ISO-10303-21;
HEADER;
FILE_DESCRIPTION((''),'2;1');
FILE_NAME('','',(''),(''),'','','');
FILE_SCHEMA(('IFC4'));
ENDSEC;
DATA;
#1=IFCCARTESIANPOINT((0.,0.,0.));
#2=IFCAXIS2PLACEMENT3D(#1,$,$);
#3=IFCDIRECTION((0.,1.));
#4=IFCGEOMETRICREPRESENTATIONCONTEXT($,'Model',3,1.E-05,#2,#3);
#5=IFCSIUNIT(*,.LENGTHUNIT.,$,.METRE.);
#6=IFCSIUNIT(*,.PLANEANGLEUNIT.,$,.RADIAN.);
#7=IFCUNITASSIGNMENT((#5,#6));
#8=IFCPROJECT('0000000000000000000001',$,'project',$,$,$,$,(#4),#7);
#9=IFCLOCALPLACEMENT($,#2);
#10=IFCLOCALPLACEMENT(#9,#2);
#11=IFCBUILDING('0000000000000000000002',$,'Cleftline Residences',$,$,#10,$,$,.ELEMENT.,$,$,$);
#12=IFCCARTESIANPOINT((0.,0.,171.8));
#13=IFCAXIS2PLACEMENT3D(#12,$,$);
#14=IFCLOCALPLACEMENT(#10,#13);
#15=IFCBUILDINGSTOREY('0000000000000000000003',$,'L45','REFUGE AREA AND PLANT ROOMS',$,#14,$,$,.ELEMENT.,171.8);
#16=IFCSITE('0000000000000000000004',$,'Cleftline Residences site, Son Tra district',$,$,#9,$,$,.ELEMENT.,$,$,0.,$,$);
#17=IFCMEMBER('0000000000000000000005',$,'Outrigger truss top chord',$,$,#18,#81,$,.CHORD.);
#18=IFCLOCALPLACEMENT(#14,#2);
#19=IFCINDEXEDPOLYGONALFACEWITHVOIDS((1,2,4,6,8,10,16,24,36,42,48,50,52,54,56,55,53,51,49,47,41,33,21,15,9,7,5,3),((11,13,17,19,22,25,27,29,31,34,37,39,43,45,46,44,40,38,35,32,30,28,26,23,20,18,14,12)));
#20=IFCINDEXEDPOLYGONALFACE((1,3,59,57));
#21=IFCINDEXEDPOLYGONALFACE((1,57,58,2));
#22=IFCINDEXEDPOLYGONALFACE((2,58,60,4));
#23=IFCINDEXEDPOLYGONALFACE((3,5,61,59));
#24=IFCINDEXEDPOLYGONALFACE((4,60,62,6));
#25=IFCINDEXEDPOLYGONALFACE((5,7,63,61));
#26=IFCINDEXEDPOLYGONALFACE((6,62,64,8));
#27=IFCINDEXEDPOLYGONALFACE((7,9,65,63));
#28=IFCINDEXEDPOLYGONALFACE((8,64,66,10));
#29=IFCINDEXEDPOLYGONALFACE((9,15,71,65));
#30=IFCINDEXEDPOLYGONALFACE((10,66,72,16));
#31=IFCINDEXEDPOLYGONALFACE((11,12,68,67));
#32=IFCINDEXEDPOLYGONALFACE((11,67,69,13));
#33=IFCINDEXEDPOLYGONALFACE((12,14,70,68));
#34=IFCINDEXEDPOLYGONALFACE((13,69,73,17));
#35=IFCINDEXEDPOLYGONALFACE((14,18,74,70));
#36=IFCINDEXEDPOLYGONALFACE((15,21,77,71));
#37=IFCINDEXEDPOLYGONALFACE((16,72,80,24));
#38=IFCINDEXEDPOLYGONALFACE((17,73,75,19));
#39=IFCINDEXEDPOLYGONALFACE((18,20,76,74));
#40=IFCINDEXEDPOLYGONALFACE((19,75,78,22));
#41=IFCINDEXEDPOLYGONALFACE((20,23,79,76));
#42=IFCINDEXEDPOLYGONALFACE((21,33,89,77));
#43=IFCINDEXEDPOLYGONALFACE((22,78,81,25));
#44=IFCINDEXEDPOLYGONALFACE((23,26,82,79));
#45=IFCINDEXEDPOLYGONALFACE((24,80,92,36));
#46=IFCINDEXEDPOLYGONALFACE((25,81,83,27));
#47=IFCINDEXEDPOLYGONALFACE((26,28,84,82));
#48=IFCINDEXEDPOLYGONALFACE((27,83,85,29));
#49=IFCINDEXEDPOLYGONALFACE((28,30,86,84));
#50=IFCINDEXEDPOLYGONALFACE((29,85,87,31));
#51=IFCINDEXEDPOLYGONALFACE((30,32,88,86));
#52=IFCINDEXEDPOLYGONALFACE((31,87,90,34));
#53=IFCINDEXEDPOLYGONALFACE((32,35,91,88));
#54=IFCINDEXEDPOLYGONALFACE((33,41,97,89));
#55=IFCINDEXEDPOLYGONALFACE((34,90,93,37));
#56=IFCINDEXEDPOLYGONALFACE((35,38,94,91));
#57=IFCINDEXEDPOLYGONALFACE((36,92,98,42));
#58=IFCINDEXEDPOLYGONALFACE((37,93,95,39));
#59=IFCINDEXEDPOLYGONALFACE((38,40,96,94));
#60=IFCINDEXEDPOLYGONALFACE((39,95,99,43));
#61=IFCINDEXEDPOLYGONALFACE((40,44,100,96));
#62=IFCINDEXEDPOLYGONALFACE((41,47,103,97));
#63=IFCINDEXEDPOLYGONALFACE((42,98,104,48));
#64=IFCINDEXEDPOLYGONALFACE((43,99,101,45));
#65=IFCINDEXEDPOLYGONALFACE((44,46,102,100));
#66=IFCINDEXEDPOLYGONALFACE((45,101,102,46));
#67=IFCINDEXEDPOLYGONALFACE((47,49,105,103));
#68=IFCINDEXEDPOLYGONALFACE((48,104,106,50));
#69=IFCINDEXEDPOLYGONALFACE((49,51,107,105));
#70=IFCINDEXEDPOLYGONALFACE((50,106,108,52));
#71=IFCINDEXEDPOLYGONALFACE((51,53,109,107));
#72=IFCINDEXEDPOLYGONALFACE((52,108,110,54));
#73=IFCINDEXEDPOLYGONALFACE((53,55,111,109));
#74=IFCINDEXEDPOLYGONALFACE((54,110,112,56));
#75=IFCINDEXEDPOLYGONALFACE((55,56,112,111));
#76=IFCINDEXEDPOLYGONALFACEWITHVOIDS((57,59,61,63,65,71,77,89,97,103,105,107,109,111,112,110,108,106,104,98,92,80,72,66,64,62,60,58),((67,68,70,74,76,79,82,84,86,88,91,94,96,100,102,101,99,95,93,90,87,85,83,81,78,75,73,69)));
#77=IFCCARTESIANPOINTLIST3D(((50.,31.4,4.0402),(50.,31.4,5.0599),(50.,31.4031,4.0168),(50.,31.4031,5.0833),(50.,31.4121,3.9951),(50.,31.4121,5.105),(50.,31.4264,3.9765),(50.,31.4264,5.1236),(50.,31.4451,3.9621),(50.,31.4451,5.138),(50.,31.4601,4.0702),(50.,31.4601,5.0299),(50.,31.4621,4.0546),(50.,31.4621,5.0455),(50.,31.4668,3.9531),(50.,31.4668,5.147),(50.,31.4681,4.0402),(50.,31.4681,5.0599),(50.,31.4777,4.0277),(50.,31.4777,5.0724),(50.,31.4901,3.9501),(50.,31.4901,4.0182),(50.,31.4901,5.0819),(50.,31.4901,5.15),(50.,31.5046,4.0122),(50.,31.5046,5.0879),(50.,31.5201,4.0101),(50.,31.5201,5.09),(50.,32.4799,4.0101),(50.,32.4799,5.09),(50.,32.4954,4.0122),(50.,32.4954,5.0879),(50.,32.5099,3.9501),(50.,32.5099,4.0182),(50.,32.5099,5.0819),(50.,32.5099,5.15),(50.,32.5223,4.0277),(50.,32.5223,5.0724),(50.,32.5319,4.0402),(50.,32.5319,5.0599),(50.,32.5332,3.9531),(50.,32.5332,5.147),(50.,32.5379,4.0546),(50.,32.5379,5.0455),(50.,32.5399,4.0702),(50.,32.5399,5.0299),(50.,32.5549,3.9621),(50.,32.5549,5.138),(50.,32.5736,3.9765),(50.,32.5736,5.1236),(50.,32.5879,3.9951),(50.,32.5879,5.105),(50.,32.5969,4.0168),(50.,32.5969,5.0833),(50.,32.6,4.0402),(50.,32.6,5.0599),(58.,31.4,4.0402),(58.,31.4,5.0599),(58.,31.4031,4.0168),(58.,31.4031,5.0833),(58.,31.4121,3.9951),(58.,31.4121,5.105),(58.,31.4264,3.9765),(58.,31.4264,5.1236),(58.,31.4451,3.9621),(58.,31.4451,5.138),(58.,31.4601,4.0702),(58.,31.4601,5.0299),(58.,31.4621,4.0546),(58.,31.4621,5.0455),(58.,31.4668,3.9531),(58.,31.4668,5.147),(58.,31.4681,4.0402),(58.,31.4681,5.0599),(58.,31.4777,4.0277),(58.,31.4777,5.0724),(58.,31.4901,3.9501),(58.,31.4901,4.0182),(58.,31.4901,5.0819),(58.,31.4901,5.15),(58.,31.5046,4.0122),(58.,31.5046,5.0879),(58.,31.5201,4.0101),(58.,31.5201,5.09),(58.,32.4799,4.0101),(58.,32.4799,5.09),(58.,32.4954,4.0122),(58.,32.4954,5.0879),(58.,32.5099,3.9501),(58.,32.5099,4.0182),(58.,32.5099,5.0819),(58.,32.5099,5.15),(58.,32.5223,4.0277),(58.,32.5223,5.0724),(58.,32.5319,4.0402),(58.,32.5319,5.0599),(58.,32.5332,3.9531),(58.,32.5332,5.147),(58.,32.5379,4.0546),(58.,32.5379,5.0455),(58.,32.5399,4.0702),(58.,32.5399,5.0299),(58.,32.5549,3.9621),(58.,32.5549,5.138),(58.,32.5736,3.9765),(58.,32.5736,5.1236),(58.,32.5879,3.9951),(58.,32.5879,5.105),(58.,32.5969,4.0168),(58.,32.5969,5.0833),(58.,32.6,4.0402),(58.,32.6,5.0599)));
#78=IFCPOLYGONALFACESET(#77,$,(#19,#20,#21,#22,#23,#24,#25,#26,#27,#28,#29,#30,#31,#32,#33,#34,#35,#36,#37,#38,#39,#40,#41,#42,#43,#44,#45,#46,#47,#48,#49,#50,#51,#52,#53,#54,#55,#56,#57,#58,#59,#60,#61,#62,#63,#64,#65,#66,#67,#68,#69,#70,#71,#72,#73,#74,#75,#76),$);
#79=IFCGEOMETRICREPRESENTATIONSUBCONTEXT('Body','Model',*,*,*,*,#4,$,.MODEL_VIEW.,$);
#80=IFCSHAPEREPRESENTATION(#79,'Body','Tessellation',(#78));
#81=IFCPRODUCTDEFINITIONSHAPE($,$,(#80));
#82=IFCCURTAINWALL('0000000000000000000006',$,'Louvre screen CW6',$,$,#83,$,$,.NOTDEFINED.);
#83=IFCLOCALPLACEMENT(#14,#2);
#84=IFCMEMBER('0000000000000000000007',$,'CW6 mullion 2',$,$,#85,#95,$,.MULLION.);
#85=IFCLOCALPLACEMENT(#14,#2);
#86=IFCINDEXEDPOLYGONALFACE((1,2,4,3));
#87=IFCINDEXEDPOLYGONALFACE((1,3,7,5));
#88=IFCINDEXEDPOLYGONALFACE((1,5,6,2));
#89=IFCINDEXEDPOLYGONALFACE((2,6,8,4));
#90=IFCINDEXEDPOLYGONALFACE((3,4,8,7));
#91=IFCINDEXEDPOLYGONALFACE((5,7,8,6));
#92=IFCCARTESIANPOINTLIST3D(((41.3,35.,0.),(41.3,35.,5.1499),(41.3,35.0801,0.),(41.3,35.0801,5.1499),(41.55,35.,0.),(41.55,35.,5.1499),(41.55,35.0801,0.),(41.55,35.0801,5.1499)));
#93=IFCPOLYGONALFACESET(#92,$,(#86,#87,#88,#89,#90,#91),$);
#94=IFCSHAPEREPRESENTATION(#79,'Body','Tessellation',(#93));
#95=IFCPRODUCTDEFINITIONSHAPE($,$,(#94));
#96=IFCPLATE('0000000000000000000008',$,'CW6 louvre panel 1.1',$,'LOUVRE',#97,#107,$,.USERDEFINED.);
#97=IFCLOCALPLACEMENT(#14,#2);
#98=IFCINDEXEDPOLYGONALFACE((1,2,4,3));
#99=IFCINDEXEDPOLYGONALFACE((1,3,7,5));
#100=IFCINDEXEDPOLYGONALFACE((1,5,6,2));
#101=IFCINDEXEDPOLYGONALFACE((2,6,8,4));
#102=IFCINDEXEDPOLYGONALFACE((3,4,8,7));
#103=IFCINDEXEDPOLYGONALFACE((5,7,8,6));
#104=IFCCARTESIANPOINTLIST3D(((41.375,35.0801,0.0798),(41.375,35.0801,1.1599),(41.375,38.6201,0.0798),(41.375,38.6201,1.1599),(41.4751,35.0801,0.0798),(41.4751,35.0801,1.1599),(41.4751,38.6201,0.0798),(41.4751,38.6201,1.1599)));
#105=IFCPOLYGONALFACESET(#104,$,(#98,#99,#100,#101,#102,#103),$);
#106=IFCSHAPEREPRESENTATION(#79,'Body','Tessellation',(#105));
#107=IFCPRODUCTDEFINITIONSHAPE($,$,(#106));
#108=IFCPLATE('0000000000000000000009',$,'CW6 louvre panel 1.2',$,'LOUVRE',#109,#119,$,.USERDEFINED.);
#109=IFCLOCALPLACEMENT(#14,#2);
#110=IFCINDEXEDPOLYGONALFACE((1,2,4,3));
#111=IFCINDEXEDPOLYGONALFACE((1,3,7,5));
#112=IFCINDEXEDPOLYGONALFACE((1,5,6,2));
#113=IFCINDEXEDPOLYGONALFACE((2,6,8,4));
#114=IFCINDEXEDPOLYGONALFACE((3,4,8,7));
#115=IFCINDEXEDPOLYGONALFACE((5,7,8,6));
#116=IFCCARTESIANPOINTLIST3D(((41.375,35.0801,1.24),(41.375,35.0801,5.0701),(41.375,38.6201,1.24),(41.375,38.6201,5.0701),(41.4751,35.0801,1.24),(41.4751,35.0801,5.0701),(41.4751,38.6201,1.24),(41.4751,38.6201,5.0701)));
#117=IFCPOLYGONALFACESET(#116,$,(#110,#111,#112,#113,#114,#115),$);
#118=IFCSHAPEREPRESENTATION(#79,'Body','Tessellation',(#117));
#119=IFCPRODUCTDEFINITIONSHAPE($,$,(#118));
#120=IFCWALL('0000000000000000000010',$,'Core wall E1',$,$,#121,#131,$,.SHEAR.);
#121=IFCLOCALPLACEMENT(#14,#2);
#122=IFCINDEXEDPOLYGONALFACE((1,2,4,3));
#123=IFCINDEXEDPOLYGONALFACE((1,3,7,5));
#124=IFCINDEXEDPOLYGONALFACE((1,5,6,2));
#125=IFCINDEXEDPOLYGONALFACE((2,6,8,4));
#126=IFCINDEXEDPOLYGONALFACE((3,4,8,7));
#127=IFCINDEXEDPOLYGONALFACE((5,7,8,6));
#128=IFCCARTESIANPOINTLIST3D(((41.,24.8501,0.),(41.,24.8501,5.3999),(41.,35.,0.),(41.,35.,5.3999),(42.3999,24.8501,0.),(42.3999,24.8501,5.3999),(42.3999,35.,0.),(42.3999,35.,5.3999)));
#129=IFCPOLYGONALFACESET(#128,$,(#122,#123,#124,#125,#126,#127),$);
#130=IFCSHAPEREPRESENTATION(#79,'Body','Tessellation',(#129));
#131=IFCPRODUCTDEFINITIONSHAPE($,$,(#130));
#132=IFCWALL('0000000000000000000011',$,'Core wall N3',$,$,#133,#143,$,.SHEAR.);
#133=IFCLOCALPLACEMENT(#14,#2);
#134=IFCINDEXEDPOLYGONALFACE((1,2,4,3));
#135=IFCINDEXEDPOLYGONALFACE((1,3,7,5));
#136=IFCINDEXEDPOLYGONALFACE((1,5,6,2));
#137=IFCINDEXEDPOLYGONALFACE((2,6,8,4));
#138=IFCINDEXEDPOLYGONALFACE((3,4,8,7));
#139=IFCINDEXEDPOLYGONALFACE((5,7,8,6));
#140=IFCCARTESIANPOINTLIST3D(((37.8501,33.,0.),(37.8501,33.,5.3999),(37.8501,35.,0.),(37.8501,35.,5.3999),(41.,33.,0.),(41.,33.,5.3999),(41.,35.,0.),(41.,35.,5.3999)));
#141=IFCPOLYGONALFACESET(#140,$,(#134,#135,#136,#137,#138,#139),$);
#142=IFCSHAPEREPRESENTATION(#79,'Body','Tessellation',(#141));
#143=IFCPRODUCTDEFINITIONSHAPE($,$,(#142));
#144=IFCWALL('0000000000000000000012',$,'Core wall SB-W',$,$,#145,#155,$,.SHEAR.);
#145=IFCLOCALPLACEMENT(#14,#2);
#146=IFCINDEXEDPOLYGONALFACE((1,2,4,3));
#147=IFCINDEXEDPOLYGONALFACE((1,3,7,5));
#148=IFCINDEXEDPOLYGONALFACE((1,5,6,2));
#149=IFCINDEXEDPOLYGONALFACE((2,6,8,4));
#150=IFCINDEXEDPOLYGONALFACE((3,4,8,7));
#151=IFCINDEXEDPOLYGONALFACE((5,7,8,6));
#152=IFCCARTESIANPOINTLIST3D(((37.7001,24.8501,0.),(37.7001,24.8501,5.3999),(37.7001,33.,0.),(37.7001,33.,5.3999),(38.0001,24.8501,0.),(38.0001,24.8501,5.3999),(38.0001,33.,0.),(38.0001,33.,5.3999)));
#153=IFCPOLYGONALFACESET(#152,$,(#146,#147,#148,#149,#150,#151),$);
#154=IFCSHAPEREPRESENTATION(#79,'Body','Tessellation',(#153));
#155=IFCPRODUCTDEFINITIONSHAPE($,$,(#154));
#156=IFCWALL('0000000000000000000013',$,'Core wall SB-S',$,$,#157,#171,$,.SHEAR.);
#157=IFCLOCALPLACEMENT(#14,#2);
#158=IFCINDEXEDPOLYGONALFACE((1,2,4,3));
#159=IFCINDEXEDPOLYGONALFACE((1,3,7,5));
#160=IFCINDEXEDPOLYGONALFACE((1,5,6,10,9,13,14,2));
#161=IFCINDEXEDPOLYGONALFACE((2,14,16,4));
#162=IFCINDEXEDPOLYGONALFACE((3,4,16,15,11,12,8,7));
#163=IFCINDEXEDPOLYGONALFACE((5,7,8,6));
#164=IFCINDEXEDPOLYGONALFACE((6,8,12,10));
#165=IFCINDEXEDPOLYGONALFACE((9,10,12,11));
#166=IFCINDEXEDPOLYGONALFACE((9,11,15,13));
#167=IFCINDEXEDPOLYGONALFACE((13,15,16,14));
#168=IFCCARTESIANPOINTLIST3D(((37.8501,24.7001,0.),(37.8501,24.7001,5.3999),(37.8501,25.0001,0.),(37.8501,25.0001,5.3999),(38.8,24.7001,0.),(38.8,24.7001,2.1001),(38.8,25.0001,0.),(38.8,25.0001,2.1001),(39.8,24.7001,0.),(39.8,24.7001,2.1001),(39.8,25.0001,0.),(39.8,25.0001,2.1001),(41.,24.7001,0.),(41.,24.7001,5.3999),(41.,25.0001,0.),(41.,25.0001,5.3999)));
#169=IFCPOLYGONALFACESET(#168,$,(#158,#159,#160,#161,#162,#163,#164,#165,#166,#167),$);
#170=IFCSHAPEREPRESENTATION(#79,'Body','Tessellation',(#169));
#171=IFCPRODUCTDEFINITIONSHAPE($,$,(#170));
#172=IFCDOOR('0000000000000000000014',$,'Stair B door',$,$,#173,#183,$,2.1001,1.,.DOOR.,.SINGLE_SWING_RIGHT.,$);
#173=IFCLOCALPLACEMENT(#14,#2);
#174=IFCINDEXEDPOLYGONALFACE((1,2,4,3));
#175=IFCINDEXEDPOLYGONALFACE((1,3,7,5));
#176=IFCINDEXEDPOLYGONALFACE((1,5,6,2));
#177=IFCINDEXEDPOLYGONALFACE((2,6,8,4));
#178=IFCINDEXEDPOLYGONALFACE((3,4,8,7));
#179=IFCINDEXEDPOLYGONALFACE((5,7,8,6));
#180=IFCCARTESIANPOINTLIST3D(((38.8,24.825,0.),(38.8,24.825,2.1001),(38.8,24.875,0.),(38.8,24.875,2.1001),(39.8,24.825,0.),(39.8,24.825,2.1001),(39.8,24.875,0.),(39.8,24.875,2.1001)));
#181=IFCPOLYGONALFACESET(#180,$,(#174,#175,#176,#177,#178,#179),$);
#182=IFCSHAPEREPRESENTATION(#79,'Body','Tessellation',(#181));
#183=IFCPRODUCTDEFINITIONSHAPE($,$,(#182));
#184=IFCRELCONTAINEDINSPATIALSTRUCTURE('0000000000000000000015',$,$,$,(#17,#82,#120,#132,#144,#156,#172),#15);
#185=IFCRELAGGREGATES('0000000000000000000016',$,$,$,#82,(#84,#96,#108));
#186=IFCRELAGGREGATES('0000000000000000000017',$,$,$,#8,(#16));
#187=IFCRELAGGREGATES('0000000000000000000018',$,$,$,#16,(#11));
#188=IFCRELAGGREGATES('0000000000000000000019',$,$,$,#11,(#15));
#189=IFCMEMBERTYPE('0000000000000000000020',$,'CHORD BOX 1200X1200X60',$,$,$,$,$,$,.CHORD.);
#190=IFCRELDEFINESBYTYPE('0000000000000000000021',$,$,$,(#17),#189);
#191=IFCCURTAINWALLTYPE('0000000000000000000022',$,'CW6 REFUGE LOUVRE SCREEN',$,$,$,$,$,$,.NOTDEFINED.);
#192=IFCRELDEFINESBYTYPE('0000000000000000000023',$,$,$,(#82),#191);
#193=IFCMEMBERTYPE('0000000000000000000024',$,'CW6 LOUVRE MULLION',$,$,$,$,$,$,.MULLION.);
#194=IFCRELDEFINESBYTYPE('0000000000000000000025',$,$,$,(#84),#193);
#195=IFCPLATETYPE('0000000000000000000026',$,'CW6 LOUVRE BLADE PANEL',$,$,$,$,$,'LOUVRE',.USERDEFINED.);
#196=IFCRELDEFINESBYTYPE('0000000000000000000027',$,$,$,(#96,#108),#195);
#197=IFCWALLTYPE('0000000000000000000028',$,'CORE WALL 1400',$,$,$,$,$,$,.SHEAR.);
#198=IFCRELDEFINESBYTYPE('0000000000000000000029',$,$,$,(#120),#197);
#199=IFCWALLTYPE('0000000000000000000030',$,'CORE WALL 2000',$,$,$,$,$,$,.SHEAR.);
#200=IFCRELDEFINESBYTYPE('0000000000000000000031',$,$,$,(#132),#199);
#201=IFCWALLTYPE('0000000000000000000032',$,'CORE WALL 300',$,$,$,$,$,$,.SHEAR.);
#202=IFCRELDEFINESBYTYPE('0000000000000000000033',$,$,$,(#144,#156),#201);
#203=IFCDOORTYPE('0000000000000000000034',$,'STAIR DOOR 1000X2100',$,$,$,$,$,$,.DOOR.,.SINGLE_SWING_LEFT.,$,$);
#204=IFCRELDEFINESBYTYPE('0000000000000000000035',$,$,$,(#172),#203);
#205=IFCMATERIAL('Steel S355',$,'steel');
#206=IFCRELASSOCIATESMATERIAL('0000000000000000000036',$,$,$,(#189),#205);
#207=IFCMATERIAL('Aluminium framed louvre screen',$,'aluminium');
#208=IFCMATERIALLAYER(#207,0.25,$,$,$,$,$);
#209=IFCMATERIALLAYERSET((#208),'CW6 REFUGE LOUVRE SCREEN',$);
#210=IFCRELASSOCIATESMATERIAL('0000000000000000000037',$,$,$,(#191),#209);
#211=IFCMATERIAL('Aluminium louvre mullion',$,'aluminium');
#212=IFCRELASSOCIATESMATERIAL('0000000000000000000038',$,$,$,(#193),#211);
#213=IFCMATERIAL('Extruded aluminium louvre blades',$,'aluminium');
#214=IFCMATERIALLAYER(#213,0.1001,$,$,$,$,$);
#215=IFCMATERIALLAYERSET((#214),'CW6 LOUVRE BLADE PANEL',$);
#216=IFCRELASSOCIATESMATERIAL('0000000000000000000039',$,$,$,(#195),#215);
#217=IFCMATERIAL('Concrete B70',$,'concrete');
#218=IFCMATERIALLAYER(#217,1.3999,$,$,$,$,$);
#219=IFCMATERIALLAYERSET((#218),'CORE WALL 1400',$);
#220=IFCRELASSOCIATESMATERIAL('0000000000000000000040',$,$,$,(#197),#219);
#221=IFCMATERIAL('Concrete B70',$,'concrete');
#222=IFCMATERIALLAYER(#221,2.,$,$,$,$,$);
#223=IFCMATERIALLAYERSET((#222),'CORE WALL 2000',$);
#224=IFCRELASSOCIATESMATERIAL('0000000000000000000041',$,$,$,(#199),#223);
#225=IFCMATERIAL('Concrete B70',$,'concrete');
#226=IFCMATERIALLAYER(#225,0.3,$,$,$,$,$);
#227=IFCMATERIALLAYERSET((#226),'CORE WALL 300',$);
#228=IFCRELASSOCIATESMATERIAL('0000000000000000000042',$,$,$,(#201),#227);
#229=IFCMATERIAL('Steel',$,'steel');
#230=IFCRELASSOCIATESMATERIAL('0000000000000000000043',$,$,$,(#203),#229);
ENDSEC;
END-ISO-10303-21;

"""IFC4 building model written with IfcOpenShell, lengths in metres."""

from ifc_helpers import new_model, si_unit, direction, frame, frame_2d, origin, origin_2d, place, context, subcontext, project, spatial, rectangle, hollow_rectangle, extrude, material, layer, layer_set, material_profile, profile_set, type_object, element, fill, aggregate, save


model = new_model("IFC4")

# Units and contexts
model_context = context("Model", 3, precision=1e-05, world=origin(), true_north=direction((0.0, 1.0)))
body_context = subcontext(model_context, "Body", "Model", "MODEL_VIEW")
ifc_project = project(units=[si_unit("LENGTHUNIT", "METRE"), si_unit("PLANEANGLEUNIT", "RADIAN")], contexts=[model_context])

# Site, building, storey
site_placement = place(None, origin())
site = spatial("IfcSite", under=ifc_project, at=site_placement, Name="Cleftline Residences site, Son Tra district", CompositionType="ELEMENT", RefElevation=0.0)
building_placement = place(site_placement, origin())
building = spatial("IfcBuilding", under=site, at=building_placement, Name="Cleftline Residences", CompositionType="ELEMENT")
storey_placement = place(building_placement, frame((0.0, 0.0, 171.8)))
storey = spatial("IfcBuildingStorey", under=building, at=storey_placement, Name="L45", Description="REFUGE AREA AND PLANT ROOMS", CompositionType="ELEMENT", Elevation=171.8)

# Member
ifc_material_1 = material(Name="Steel S355", Category="steel")
ifc_material_profile_1 = material_profile(ifc_material_1, hollow_rectangle(XDim=1.2, YDim=1.2, WallThickness=0.0601, InnerFilletRadius=0.0601, OuterFilletRadius=0.0901, at=origin_2d()))
ifc_profile_set_1 = profile_set([ifc_material_profile_1], Name="Steel S355")
member_type_1 = type_object("IfcMemberType", Name="CHORD BOX 1200X1200X60", PredefinedType="CHORD", material=ifc_profile_set_1)
for number, where, z_axis, x_axis, name in (
    (1, (50.0, 32.0, 4.55), (1.0, 0.0, 0.0), (0.0, 1.0, 0.0), "Outrigger truss top chord"),
):
    element("IfcMember", number, at=place(storey_placement, frame(where, z_axis=z_axis, x_axis=x_axis)), inside=storey, type_object=member_type_1, Name=name, PredefinedType="CHORD", context=body_context, shape_type="SweptSolid", body=[
        extrude(hollow_rectangle(XDim=1.2, YDim=1.2, WallThickness=0.0601, InnerFilletRadius=0.0601, OuterFilletRadius=0.0901, at=origin_2d()), origin(), (0.0, 0.0, 1.0), 8.0),
    ])

# Curtain wall, member, plates
ifc_material_2 = material(Name="Aluminium framed louvre screen", Category="aluminium")
ifc_layer_1 = layer(ifc_material_2, 0.25)
ifc_layer_set_1 = layer_set([ifc_layer_1], Name="CW6 REFUGE LOUVRE SCREEN")
curtain_wall_type = type_object("IfcCurtainWallType", Name="CW6 REFUGE LOUVRE SCREEN", PredefinedType="NOTDEFINED", material=ifc_layer_set_1)
curtain_wall_placement = place(storey_placement, origin())
curtain_wall = element("IfcCurtainWall", 2, at=curtain_wall_placement, inside=storey, type_object=curtain_wall_type, Name="Louvre screen CW6", PredefinedType="NOTDEFINED")
ifc_material_3 = material(Name="Aluminium louvre mullion", Category="aluminium")
ifc_material_profile_2 = material_profile(ifc_material_3, rectangle(XDim=0.25, YDim=0.0801, at=origin_2d()))
ifc_profile_set_2 = profile_set([ifc_material_profile_2], Name="Aluminium louvre mullion")
member_type_2 = type_object("IfcMemberType", Name="CW6 LOUVRE MULLION", PredefinedType="MULLION", material=ifc_profile_set_2)
member_1_placement = place(storey_placement, frame((41.425, 35.04, 0.0), z_axis=(0.0, 0.0, 1.0), x_axis=(1.0, 0.0, 0.0)))
member_1 = element("IfcMember", 3, at=member_1_placement, type_object=member_type_2, Name="CW6 mullion 2", PredefinedType="MULLION", context=body_context, shape_type="SweptSolid", body=[
    extrude(rectangle(XDim=0.25, YDim=0.0801, at=origin_2d()), origin(), (0.0, 0.0, 1.0), 5.1499),
])
ifc_material_4 = material(Name="Extruded aluminium louvre blades", Category="aluminium")
ifc_layer_2 = layer(ifc_material_4, 0.1001)
ifc_layer_set_2 = layer_set([ifc_layer_2], Name="CW6 LOUVRE BLADE PANEL")
plate_type = type_object("IfcPlateType", Name="CW6 LOUVRE BLADE PANEL", ElementType="LOUVRE", PredefinedType="USERDEFINED", material=ifc_layer_set_2)
plate_1_placement = place(storey_placement, frame((41.425, 36.8501, 0.0798), z_axis=(0.0, 0.0, 1.0), x_axis=(0.0, -1.0, 0.0)))
plate_1 = element("IfcPlate", 4, at=plate_1_placement, type_object=plate_type, Name="CW6 louvre panel 1.1", ObjectType="LOUVRE", PredefinedType="USERDEFINED", context=body_context, shape_type="SweptSolid", body=[
    extrude(rectangle(XDim=3.54, YDim=0.1001, at=origin_2d()), origin(), (0.0, 0.0, 1.0), 1.0801),
])
plate_2_placement = place(storey_placement, frame((41.425, 36.8501, 1.24), z_axis=(0.0, 0.0, 1.0), x_axis=(0.0, -1.0, 0.0)))
plate_2 = element("IfcPlate", 5, at=plate_2_placement, type_object=plate_type, Name="CW6 louvre panel 1.2", ObjectType="LOUVRE", PredefinedType="USERDEFINED", context=body_context, shape_type="SweptSolid", body=[
    extrude(rectangle(XDim=3.54, YDim=0.1001, at=origin_2d()), origin(), (0.0, 0.0, 1.0), 3.8301),
])
aggregate(curtain_wall, [member_1, plate_1, plate_2])

# Walls
ifc_material_5 = material(Name="Concrete B70", Category="concrete")
ifc_layer_3 = layer(ifc_material_5, 1.3999)
ifc_layer_set_3 = layer_set([ifc_layer_3], Name="CORE WALL 1400")
wall_type_1 = type_object("IfcWallType", Name="CORE WALL 1400", PredefinedType="SHEAR", material=ifc_layer_set_3)
wall_1_placement = place(storey_placement, frame((41.7, 24.8501, 0.0), z_axis=(0.0, 0.0, 1.0), x_axis=(0.0, 1.0, 0.0)))
element("IfcWall", 6, at=wall_1_placement, inside=storey, type_object=wall_type_1, Name="Core wall E1", PredefinedType="SHEAR", context=body_context, shape_type="SweptSolid", body=[
    extrude(rectangle(XDim=10.1499, YDim=1.3999, at=frame_2d((5.075, 0.0))), origin(), (0.0, 0.0, 1.0), 5.3999),
])
ifc_material_6 = material(Name="Concrete B70", Category="concrete")
ifc_layer_4 = layer(ifc_material_6, 2.0)
ifc_layer_set_4 = layer_set([ifc_layer_4], Name="CORE WALL 2000")
wall_type_2 = type_object("IfcWallType", Name="CORE WALL 2000", PredefinedType="SHEAR", material=ifc_layer_set_4)
wall_2_placement = place(storey_placement, frame((37.8501, 34.0, 0.0), z_axis=(0.0, 0.0, 1.0), x_axis=(1.0, 0.0, 0.0)))
element("IfcWall", 7, at=wall_2_placement, inside=storey, type_object=wall_type_2, Name="Core wall N3", PredefinedType="SHEAR", context=body_context, shape_type="SweptSolid", body=[
    extrude(rectangle(XDim=3.1499, YDim=2.0, at=frame_2d((1.575, 0.0))), origin(), (0.0, 0.0, 1.0), 5.3999),
])
ifc_material_7 = material(Name="Concrete B70", Category="concrete")
ifc_layer_5 = layer(ifc_material_7, 0.3)
ifc_layer_set_5 = layer_set([ifc_layer_5], Name="CORE WALL 300")
wall_type_3 = type_object("IfcWallType", Name="CORE WALL 300", PredefinedType="SHEAR", material=ifc_layer_set_5)
wall_3_placement = place(storey_placement, frame((37.8501, 24.8501, 0.0), z_axis=(0.0, 0.0, 1.0), x_axis=(0.0, 1.0, 0.0)))
element("IfcWall", 8, at=wall_3_placement, inside=storey, type_object=wall_type_3, Name="Core wall SB-W", PredefinedType="SHEAR", context=body_context, shape_type="SweptSolid", body=[
    extrude(rectangle(XDim=8.1499, YDim=0.3, at=frame_2d((4.075, 0.0))), origin(), (0.0, 0.0, 1.0), 5.3999),
])

# Wall, opening, door
wall_4_placement = place(storey_placement, frame((37.8501, 24.8501, 0.0), z_axis=(0.0, 0.0, 1.0), x_axis=(1.0, 0.0, 0.0)))
wall_4 = element("IfcWall", 9, at=wall_4_placement, inside=storey, type_object=wall_type_3, Name="Core wall SB-S", PredefinedType="SHEAR", context=body_context, shape_type="SweptSolid", body=[
    extrude(rectangle(XDim=3.1499, YDim=0.3, at=frame_2d((1.575, 0.0))), origin(), (0.0, 0.0, 1.0), 5.3999),
])
opening_1_placement = place(wall_4_placement, frame((0.95, 0.0, 0.0)))
opening_1 = element("IfcOpeningElement", 10, at=opening_1_placement, cuts=wall_4, PredefinedType="OPENING", context=body_context, shape_type="SweptSolid", body=[
    extrude(rectangle(XDim=1.0, YDim=2.1001, at=frame_2d((0.5, 1.05))), frame((0.0, 0.1599, 0.0), z_axis=(0.0, -1.0, 0.0), x_axis=(1.0, 0.0, 0.0)), (0.0, 0.0, 1.0), 0.3201),
])
ifc_material_8 = material(Name="Steel", Category="steel")
door_type_1 = type_object("IfcDoorType", Name="STAIR DOOR 1000X2100", OperationType="SINGLE_SWING_LEFT", PredefinedType="DOOR", material=ifc_material_8)
door_1_placement = place(opening_1_placement, origin())
door_1 = element("IfcDoor", 11, at=door_1_placement, inside=storey, type_object=door_type_1, Name="Stair B door", OperationType="SINGLE_SWING_RIGHT", OverallHeight=2.1001, OverallWidth=1.0, PredefinedType="DOOR", context=body_context, shape_type="SweptSolid", body=[
    extrude(rectangle(XDim=1.0, YDim=2.1001, at=frame_2d((0.5, 1.05))), frame((0.0, 0.0249, 0.0), z_axis=(0.0, -1.0, 0.0), x_axis=(1.0, 0.0, 0.0)), (0.0, 0.0, 1.0), 0.05),
])
fill(opening_1, door_1)

save(model, "model.ifc")
